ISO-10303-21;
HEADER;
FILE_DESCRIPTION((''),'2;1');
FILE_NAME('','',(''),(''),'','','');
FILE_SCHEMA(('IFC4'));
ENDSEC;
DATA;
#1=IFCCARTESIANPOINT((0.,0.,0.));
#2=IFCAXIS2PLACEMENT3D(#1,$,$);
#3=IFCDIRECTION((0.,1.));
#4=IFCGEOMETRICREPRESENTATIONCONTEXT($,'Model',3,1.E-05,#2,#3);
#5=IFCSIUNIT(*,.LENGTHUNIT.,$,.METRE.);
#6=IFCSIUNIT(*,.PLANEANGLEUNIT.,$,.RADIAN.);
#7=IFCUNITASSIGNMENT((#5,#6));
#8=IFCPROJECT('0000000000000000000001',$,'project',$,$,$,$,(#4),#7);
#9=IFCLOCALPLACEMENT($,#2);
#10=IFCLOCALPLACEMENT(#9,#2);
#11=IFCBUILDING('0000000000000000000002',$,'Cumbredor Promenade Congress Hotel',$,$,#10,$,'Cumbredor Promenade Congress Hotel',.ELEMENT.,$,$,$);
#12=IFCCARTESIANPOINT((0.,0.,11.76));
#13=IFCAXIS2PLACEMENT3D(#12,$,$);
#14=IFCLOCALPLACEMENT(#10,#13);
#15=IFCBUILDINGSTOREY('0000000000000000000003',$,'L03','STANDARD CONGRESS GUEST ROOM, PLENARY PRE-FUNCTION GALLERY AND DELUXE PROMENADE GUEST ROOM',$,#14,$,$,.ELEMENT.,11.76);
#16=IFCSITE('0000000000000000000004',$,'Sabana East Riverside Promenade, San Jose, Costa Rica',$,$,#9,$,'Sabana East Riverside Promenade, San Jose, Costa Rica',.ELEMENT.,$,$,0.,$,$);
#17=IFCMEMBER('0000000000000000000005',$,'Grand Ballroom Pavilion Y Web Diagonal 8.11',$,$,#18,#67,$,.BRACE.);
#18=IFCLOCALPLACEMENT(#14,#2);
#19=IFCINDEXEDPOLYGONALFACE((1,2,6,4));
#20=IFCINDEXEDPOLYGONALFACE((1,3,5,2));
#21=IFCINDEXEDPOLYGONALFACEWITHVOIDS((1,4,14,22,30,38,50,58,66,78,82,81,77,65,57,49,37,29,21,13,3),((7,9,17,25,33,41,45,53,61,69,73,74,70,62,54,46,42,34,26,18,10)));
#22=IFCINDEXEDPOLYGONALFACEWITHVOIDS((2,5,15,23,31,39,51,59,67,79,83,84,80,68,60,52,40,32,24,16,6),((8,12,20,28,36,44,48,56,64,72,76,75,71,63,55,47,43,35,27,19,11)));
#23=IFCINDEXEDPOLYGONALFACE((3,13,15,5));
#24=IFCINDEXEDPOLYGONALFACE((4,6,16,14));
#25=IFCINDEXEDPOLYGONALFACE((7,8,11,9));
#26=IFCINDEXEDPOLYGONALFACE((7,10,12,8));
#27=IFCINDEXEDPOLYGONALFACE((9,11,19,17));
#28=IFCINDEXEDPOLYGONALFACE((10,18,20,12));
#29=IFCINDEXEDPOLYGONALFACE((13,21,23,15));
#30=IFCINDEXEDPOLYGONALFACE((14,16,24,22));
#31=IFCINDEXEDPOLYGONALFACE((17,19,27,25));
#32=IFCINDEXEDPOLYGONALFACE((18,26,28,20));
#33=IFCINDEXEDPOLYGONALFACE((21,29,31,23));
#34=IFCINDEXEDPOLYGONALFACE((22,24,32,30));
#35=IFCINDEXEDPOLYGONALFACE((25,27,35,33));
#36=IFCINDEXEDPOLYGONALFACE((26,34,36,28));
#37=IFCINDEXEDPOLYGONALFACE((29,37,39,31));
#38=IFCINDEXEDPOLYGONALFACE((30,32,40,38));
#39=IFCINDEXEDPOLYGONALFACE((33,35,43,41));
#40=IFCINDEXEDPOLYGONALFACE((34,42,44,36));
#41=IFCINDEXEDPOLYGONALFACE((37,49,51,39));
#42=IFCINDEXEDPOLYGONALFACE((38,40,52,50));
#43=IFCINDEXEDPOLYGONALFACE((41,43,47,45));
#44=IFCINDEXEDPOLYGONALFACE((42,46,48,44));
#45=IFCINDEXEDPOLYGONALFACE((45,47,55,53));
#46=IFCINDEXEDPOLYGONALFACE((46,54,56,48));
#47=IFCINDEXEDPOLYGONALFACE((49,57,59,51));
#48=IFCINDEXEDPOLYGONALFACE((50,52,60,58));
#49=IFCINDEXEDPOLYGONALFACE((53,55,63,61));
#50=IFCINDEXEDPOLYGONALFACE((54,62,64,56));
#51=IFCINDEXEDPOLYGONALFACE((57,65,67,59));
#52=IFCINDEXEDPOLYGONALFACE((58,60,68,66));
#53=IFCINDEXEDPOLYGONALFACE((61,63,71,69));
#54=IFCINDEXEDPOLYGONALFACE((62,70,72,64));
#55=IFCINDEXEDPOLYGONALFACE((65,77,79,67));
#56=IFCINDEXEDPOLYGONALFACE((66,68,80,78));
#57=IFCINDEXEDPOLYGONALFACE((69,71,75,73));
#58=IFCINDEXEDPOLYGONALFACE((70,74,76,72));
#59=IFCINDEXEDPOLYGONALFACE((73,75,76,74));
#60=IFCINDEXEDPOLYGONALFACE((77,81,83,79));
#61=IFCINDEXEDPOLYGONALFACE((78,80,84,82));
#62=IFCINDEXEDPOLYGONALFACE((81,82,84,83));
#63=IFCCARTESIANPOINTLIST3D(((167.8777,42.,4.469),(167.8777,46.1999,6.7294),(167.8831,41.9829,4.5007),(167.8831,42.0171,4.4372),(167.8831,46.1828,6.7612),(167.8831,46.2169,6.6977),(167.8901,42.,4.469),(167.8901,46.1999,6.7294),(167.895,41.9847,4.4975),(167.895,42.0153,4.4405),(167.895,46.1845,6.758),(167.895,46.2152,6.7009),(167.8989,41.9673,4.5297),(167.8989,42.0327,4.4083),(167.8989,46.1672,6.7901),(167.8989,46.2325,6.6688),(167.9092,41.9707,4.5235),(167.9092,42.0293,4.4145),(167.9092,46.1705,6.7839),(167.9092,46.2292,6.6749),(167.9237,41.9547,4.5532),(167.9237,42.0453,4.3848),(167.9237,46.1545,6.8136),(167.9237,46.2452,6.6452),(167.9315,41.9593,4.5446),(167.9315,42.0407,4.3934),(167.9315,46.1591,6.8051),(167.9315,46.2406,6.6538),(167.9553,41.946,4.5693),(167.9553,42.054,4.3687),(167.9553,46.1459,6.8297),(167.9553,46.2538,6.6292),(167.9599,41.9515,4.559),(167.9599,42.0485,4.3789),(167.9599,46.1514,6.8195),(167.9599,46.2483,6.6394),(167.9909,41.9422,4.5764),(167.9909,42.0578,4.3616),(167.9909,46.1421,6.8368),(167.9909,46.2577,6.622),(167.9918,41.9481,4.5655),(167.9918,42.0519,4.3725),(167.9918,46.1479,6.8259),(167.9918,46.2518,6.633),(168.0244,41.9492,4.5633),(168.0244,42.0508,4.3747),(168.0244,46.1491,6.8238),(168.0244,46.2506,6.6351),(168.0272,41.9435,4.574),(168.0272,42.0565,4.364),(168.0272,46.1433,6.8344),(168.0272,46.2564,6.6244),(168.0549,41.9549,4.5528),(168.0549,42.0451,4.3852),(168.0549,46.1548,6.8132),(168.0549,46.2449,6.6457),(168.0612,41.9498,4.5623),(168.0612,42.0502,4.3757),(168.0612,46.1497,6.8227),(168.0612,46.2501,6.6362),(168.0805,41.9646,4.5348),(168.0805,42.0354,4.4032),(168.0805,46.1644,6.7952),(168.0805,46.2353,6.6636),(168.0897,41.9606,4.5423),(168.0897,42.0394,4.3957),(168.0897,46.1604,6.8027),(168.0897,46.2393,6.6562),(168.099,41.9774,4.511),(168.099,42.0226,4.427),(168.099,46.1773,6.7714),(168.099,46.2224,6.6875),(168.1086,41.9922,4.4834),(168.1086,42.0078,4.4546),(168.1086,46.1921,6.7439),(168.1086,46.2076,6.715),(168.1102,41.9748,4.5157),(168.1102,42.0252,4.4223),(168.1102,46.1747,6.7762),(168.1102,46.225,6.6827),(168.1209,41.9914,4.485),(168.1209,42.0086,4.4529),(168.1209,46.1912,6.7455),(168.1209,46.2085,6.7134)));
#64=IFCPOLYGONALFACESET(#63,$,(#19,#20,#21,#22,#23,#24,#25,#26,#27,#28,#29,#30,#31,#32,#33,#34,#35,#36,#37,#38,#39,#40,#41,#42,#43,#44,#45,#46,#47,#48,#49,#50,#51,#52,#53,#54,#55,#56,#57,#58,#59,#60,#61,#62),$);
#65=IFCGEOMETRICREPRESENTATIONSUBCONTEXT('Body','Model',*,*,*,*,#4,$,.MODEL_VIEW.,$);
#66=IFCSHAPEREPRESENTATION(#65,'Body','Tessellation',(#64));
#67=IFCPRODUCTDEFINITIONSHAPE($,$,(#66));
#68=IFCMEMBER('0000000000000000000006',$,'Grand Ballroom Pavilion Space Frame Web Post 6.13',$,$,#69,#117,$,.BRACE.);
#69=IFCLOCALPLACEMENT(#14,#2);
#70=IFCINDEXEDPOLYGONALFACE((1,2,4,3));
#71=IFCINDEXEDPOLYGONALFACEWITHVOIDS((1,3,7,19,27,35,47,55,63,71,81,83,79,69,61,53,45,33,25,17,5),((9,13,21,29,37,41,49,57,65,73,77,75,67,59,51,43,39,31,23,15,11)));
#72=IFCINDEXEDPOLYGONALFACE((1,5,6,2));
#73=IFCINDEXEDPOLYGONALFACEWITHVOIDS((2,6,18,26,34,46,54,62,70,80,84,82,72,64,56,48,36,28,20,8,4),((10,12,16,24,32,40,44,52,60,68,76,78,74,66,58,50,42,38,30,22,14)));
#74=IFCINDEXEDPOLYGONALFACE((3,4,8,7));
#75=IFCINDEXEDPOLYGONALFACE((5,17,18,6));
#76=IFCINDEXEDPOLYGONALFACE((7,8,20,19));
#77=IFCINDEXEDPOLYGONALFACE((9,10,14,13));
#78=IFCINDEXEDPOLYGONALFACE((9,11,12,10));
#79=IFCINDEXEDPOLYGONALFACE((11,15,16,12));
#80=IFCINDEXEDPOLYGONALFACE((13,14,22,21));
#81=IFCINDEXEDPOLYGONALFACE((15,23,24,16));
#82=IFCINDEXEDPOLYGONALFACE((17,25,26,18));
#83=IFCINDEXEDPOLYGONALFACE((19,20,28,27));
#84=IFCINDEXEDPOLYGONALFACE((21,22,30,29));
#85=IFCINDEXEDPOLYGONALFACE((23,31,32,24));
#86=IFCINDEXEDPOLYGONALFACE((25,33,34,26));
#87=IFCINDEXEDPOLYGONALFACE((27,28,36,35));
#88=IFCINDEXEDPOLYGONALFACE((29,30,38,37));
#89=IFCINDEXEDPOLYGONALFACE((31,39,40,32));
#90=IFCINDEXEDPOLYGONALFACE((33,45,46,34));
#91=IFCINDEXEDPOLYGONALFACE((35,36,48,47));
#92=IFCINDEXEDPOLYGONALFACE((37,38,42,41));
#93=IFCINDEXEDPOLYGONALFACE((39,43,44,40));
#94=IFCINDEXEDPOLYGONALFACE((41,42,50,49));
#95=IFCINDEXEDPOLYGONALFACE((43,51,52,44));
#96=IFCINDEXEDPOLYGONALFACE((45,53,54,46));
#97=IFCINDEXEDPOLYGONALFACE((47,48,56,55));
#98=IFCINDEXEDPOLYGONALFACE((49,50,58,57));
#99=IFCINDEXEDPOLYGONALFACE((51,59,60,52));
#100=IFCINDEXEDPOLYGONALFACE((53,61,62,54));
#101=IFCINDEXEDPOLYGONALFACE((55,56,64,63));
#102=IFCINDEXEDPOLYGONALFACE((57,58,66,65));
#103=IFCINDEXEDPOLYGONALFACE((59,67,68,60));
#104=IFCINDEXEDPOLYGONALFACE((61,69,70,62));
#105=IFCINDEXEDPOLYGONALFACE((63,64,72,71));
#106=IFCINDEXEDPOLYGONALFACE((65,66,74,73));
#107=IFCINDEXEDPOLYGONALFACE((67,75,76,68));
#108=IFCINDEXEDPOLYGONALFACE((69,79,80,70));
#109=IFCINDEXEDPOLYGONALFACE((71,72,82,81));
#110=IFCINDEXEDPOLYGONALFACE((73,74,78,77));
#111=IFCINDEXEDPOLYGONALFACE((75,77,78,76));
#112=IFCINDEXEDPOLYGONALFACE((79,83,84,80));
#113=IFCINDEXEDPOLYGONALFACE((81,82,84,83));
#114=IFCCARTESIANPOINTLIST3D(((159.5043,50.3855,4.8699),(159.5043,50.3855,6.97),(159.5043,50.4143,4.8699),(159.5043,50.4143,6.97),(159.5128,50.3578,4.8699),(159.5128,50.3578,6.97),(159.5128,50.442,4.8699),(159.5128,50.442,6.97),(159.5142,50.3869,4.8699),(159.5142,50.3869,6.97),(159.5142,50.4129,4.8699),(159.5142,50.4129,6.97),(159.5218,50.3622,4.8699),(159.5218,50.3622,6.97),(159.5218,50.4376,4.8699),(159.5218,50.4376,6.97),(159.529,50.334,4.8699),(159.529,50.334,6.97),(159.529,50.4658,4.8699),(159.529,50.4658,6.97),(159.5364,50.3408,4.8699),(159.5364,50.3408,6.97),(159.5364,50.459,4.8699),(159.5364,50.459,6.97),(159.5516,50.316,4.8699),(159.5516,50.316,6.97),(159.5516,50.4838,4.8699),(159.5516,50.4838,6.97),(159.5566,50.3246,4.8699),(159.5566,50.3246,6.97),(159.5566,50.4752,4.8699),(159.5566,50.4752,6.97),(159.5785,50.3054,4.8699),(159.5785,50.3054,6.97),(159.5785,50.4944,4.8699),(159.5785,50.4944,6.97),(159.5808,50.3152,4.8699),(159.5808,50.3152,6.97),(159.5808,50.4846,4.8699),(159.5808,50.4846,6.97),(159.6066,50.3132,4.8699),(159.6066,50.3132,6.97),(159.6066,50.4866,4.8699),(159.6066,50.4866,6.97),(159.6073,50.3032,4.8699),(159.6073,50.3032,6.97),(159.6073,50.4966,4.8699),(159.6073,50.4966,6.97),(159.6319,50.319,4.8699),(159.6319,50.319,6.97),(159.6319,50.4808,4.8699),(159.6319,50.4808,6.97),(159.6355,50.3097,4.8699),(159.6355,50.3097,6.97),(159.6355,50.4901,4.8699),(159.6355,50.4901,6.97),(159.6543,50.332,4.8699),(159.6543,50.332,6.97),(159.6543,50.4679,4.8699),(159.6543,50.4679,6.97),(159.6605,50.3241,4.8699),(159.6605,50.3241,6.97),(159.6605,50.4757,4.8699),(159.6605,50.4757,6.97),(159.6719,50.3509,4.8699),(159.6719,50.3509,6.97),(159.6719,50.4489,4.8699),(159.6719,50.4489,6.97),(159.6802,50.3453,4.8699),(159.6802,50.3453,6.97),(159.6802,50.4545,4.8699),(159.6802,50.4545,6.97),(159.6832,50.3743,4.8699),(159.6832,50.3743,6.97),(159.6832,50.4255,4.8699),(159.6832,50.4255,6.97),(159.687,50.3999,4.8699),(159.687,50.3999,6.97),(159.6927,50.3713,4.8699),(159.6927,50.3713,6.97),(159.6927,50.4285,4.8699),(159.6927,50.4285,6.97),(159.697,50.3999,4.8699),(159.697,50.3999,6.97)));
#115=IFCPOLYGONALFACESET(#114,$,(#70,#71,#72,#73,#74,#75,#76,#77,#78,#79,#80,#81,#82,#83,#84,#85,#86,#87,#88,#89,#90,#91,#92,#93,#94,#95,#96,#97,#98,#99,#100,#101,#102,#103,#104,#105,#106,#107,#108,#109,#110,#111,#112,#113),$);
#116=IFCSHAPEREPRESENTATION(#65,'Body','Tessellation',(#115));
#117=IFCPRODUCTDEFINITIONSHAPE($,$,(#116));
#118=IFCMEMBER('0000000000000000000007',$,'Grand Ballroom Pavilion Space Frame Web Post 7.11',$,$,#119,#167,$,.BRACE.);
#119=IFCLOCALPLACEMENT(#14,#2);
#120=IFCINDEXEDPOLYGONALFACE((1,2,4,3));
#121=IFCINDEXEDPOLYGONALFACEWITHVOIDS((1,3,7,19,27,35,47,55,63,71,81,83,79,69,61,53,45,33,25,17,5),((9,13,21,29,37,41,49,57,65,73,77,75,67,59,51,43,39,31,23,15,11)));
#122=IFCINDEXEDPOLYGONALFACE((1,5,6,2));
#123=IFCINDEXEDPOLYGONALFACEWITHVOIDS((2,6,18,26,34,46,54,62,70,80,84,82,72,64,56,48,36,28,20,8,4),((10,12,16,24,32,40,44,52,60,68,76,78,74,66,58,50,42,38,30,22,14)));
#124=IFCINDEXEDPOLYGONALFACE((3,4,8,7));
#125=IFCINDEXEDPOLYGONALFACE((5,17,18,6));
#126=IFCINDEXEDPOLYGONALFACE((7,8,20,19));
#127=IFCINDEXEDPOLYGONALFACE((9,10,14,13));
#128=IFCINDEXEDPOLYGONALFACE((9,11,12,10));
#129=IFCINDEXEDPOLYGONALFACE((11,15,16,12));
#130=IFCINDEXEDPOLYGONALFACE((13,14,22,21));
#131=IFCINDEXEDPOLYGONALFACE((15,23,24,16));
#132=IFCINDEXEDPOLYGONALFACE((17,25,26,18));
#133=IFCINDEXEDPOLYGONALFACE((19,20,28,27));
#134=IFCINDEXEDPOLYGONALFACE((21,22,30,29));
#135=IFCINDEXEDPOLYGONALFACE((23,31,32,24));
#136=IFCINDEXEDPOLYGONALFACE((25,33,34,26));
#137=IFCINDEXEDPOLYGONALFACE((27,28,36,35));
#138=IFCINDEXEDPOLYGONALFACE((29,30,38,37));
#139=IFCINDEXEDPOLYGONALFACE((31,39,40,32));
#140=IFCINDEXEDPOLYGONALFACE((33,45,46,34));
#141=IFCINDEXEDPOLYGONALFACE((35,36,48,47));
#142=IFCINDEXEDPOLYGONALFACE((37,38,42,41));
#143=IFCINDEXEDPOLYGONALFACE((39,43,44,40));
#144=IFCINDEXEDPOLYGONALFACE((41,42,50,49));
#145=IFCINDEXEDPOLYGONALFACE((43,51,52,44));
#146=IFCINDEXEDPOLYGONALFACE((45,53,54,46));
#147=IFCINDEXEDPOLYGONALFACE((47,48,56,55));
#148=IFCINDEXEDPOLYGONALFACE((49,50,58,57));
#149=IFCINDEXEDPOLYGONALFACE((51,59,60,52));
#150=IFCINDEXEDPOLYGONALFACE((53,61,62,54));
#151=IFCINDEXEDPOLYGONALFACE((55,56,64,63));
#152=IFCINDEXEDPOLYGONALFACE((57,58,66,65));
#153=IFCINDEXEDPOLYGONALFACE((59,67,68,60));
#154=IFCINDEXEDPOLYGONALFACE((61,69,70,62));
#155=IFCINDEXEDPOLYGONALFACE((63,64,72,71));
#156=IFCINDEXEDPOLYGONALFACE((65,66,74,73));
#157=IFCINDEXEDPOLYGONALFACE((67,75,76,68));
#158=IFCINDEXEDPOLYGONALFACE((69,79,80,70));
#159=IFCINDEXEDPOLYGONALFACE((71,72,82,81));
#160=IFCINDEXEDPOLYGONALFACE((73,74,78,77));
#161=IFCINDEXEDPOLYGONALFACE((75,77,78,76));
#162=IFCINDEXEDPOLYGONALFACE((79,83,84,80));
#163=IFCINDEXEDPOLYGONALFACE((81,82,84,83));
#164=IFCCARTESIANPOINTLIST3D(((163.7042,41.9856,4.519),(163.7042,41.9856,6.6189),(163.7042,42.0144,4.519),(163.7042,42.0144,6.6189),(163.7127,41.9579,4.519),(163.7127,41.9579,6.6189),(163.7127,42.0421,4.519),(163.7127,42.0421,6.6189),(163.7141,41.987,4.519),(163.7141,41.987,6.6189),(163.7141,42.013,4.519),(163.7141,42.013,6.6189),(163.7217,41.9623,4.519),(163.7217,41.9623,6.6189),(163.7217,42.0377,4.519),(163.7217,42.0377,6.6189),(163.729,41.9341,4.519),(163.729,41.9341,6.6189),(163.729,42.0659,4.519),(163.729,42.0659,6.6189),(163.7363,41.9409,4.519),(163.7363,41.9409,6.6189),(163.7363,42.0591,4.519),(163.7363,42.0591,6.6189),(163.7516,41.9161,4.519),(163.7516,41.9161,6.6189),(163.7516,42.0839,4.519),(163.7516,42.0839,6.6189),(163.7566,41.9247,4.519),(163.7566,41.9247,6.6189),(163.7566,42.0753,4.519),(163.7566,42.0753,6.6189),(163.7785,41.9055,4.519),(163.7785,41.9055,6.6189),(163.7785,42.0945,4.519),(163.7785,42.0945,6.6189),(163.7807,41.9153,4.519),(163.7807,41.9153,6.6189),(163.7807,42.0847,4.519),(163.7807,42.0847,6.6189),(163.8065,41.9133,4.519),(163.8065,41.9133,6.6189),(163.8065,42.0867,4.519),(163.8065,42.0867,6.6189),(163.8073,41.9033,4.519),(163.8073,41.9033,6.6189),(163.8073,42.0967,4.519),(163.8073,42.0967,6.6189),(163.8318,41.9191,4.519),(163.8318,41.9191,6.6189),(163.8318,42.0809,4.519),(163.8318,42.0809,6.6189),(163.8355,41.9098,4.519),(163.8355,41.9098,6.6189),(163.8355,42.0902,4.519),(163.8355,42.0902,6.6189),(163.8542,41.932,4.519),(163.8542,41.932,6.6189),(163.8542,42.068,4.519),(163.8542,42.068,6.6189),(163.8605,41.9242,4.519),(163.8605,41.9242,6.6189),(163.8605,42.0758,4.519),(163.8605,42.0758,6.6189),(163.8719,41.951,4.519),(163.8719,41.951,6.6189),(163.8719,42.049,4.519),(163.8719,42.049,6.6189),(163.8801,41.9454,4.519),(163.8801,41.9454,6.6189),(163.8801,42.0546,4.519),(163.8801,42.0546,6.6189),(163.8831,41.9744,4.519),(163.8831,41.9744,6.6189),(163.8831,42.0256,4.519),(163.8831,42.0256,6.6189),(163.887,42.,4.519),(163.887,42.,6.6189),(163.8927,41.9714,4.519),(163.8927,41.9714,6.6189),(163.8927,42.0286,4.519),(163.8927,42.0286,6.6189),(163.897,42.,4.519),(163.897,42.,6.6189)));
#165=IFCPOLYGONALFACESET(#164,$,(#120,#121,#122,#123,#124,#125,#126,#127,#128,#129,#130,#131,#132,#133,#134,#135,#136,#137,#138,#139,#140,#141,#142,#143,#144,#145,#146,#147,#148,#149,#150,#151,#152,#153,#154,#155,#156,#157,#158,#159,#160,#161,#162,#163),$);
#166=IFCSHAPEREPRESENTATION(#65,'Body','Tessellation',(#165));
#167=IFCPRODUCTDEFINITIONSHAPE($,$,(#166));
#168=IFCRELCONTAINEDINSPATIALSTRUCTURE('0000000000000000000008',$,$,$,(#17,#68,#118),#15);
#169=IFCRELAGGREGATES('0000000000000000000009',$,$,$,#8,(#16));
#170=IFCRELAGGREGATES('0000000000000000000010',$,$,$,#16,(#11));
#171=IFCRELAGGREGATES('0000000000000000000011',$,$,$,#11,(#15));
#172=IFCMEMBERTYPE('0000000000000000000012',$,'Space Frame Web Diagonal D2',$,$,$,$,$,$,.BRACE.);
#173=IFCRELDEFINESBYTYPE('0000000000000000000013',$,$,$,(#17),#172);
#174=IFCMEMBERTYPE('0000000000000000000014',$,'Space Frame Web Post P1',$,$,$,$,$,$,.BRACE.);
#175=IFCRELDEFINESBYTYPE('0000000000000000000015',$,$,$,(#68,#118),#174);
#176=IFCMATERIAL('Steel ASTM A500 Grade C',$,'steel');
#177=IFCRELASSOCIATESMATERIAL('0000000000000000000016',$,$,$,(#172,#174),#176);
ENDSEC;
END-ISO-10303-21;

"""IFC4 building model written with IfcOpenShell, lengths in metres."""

from ifc_helpers import new_model, si_unit, direction, frame, origin, origin_2d, place, context, subcontext, project, spatial, hollow_circle, extrude, material, material_profile, profile_set, type_object, element, save


model = new_model("IFC4")

# Units and contexts
model_context = context("Model", 3, precision=1e-05, world=origin(), true_north=direction((0.0, 1.0)))
body_context = subcontext(model_context, "Body", "Model", "MODEL_VIEW")
ifc_project = project(units=[si_unit("LENGTHUNIT", "METRE"), si_unit("PLANEANGLEUNIT", "RADIAN")], contexts=[model_context])

# Site, building, storey
site_placement = place(None, origin())
site = spatial("IfcSite", under=ifc_project, at=site_placement, Name="Sabana East Riverside Promenade, San Jose, Costa Rica", LongName="Sabana East Riverside Promenade, San Jose, Costa Rica", CompositionType="ELEMENT", RefElevation=0.0)
building_placement = place(site_placement, origin())
building = spatial("IfcBuilding", under=site, at=building_placement, Name="Cumbredor Promenade Congress Hotel", LongName="Cumbredor Promenade Congress Hotel", CompositionType="ELEMENT")
storey_placement = place(building_placement, frame((0.0, 0.0, 11.76)))
storey = spatial("IfcBuildingStorey", under=building, at=storey_placement, Name="L03", Description="STANDARD CONGRESS GUEST ROOM, PLENARY PRE-FUNCTION GALLERY AND DELUXE PROMENADE GUEST ROOM", CompositionType="ELEMENT", Elevation=11.76)

# Members
ifc_material_1 = material(Name="Steel ASTM A500 Grade C", Category="steel")
ifc_material_profile_1 = material_profile(ifc_material_1, hollow_circle(Radius=0.1223, WallThickness=0.0125, at=origin_2d()), Name="CHS 244.5x12.5")
ifc_profile_set_1 = profile_set([ifc_material_profile_1], Name="Steel ASTM A500 Grade C")
member_type_1 = type_object("IfcMemberType", Name="Space Frame Web Diagonal D2", PredefinedType="BRACE", material=ifc_profile_set_1)
member_1_placement = place(storey_placement, frame((168.0, 42.0, 4.469), z_axis=(0.0, 0.88056, 0.473935), x_axis=(-1.0, 0.0, 0.0)))
element("IfcMember", 1, at=member_1_placement, inside=storey, type_object=member_type_1, Name="Grand Ballroom Pavilion Y Web Diagonal 8.11", PredefinedType="BRACE", context=body_context, shape_type="SweptSolid", body=[
    extrude(hollow_circle(Radius=0.1223, WallThickness=0.0125, at=origin_2d()), origin(), (0.0, 0.0, 1.0), 4.7695),
])
ifc_material_profile_2 = material_profile(ifc_material_1, hollow_circle(Radius=0.0969, WallThickness=0.01, at=origin_2d()), Name="CHS 193.7x10")
ifc_profile_set_2 = profile_set([ifc_material_profile_2], Name="Steel ASTM A500 Grade C")
member_type_2 = type_object("IfcMemberType", Name="Space Frame Web Post P1", PredefinedType="BRACE", material=ifc_profile_set_2)
member_2_placement = place(storey_placement, frame((159.6001, 50.3999, 4.8699), z_axis=(0.0, 0.0, 1.0), x_axis=(1.0, 0.0, 0.0)))
element("IfcMember", 2, at=member_2_placement, inside=storey, type_object=member_type_2, Name="Grand Ballroom Pavilion Space Frame Web Post 6.13", PredefinedType="BRACE", context=body_context, shape_type="SweptSolid", body=[
    extrude(hollow_circle(Radius=0.0969, WallThickness=0.01, at=origin_2d()), origin(), (0.0, 0.0, 1.0), 2.1001),
])
for number, where, z_axis, x_axis, name in (
    (3, (163.8, 42.0, 4.519), (0.0, 0.0, 1.0), (1.0, 0.0, 0.0), "Grand Ballroom Pavilion Space Frame Web Post 7.11"),
):
    element("IfcMember", number, at=place(storey_placement, frame(where, z_axis=z_axis, x_axis=x_axis)), inside=storey, type_object=member_type_2, Name=name, PredefinedType="BRACE", context=body_context, shape_type="SweptSolid", body=[
        extrude(hollow_circle(Radius=0.0969, WallThickness=0.01, at=origin_2d()), origin(), (0.0, 0.0, 1.0), 2.0999),
    ])

save(model, "model.ifc")
